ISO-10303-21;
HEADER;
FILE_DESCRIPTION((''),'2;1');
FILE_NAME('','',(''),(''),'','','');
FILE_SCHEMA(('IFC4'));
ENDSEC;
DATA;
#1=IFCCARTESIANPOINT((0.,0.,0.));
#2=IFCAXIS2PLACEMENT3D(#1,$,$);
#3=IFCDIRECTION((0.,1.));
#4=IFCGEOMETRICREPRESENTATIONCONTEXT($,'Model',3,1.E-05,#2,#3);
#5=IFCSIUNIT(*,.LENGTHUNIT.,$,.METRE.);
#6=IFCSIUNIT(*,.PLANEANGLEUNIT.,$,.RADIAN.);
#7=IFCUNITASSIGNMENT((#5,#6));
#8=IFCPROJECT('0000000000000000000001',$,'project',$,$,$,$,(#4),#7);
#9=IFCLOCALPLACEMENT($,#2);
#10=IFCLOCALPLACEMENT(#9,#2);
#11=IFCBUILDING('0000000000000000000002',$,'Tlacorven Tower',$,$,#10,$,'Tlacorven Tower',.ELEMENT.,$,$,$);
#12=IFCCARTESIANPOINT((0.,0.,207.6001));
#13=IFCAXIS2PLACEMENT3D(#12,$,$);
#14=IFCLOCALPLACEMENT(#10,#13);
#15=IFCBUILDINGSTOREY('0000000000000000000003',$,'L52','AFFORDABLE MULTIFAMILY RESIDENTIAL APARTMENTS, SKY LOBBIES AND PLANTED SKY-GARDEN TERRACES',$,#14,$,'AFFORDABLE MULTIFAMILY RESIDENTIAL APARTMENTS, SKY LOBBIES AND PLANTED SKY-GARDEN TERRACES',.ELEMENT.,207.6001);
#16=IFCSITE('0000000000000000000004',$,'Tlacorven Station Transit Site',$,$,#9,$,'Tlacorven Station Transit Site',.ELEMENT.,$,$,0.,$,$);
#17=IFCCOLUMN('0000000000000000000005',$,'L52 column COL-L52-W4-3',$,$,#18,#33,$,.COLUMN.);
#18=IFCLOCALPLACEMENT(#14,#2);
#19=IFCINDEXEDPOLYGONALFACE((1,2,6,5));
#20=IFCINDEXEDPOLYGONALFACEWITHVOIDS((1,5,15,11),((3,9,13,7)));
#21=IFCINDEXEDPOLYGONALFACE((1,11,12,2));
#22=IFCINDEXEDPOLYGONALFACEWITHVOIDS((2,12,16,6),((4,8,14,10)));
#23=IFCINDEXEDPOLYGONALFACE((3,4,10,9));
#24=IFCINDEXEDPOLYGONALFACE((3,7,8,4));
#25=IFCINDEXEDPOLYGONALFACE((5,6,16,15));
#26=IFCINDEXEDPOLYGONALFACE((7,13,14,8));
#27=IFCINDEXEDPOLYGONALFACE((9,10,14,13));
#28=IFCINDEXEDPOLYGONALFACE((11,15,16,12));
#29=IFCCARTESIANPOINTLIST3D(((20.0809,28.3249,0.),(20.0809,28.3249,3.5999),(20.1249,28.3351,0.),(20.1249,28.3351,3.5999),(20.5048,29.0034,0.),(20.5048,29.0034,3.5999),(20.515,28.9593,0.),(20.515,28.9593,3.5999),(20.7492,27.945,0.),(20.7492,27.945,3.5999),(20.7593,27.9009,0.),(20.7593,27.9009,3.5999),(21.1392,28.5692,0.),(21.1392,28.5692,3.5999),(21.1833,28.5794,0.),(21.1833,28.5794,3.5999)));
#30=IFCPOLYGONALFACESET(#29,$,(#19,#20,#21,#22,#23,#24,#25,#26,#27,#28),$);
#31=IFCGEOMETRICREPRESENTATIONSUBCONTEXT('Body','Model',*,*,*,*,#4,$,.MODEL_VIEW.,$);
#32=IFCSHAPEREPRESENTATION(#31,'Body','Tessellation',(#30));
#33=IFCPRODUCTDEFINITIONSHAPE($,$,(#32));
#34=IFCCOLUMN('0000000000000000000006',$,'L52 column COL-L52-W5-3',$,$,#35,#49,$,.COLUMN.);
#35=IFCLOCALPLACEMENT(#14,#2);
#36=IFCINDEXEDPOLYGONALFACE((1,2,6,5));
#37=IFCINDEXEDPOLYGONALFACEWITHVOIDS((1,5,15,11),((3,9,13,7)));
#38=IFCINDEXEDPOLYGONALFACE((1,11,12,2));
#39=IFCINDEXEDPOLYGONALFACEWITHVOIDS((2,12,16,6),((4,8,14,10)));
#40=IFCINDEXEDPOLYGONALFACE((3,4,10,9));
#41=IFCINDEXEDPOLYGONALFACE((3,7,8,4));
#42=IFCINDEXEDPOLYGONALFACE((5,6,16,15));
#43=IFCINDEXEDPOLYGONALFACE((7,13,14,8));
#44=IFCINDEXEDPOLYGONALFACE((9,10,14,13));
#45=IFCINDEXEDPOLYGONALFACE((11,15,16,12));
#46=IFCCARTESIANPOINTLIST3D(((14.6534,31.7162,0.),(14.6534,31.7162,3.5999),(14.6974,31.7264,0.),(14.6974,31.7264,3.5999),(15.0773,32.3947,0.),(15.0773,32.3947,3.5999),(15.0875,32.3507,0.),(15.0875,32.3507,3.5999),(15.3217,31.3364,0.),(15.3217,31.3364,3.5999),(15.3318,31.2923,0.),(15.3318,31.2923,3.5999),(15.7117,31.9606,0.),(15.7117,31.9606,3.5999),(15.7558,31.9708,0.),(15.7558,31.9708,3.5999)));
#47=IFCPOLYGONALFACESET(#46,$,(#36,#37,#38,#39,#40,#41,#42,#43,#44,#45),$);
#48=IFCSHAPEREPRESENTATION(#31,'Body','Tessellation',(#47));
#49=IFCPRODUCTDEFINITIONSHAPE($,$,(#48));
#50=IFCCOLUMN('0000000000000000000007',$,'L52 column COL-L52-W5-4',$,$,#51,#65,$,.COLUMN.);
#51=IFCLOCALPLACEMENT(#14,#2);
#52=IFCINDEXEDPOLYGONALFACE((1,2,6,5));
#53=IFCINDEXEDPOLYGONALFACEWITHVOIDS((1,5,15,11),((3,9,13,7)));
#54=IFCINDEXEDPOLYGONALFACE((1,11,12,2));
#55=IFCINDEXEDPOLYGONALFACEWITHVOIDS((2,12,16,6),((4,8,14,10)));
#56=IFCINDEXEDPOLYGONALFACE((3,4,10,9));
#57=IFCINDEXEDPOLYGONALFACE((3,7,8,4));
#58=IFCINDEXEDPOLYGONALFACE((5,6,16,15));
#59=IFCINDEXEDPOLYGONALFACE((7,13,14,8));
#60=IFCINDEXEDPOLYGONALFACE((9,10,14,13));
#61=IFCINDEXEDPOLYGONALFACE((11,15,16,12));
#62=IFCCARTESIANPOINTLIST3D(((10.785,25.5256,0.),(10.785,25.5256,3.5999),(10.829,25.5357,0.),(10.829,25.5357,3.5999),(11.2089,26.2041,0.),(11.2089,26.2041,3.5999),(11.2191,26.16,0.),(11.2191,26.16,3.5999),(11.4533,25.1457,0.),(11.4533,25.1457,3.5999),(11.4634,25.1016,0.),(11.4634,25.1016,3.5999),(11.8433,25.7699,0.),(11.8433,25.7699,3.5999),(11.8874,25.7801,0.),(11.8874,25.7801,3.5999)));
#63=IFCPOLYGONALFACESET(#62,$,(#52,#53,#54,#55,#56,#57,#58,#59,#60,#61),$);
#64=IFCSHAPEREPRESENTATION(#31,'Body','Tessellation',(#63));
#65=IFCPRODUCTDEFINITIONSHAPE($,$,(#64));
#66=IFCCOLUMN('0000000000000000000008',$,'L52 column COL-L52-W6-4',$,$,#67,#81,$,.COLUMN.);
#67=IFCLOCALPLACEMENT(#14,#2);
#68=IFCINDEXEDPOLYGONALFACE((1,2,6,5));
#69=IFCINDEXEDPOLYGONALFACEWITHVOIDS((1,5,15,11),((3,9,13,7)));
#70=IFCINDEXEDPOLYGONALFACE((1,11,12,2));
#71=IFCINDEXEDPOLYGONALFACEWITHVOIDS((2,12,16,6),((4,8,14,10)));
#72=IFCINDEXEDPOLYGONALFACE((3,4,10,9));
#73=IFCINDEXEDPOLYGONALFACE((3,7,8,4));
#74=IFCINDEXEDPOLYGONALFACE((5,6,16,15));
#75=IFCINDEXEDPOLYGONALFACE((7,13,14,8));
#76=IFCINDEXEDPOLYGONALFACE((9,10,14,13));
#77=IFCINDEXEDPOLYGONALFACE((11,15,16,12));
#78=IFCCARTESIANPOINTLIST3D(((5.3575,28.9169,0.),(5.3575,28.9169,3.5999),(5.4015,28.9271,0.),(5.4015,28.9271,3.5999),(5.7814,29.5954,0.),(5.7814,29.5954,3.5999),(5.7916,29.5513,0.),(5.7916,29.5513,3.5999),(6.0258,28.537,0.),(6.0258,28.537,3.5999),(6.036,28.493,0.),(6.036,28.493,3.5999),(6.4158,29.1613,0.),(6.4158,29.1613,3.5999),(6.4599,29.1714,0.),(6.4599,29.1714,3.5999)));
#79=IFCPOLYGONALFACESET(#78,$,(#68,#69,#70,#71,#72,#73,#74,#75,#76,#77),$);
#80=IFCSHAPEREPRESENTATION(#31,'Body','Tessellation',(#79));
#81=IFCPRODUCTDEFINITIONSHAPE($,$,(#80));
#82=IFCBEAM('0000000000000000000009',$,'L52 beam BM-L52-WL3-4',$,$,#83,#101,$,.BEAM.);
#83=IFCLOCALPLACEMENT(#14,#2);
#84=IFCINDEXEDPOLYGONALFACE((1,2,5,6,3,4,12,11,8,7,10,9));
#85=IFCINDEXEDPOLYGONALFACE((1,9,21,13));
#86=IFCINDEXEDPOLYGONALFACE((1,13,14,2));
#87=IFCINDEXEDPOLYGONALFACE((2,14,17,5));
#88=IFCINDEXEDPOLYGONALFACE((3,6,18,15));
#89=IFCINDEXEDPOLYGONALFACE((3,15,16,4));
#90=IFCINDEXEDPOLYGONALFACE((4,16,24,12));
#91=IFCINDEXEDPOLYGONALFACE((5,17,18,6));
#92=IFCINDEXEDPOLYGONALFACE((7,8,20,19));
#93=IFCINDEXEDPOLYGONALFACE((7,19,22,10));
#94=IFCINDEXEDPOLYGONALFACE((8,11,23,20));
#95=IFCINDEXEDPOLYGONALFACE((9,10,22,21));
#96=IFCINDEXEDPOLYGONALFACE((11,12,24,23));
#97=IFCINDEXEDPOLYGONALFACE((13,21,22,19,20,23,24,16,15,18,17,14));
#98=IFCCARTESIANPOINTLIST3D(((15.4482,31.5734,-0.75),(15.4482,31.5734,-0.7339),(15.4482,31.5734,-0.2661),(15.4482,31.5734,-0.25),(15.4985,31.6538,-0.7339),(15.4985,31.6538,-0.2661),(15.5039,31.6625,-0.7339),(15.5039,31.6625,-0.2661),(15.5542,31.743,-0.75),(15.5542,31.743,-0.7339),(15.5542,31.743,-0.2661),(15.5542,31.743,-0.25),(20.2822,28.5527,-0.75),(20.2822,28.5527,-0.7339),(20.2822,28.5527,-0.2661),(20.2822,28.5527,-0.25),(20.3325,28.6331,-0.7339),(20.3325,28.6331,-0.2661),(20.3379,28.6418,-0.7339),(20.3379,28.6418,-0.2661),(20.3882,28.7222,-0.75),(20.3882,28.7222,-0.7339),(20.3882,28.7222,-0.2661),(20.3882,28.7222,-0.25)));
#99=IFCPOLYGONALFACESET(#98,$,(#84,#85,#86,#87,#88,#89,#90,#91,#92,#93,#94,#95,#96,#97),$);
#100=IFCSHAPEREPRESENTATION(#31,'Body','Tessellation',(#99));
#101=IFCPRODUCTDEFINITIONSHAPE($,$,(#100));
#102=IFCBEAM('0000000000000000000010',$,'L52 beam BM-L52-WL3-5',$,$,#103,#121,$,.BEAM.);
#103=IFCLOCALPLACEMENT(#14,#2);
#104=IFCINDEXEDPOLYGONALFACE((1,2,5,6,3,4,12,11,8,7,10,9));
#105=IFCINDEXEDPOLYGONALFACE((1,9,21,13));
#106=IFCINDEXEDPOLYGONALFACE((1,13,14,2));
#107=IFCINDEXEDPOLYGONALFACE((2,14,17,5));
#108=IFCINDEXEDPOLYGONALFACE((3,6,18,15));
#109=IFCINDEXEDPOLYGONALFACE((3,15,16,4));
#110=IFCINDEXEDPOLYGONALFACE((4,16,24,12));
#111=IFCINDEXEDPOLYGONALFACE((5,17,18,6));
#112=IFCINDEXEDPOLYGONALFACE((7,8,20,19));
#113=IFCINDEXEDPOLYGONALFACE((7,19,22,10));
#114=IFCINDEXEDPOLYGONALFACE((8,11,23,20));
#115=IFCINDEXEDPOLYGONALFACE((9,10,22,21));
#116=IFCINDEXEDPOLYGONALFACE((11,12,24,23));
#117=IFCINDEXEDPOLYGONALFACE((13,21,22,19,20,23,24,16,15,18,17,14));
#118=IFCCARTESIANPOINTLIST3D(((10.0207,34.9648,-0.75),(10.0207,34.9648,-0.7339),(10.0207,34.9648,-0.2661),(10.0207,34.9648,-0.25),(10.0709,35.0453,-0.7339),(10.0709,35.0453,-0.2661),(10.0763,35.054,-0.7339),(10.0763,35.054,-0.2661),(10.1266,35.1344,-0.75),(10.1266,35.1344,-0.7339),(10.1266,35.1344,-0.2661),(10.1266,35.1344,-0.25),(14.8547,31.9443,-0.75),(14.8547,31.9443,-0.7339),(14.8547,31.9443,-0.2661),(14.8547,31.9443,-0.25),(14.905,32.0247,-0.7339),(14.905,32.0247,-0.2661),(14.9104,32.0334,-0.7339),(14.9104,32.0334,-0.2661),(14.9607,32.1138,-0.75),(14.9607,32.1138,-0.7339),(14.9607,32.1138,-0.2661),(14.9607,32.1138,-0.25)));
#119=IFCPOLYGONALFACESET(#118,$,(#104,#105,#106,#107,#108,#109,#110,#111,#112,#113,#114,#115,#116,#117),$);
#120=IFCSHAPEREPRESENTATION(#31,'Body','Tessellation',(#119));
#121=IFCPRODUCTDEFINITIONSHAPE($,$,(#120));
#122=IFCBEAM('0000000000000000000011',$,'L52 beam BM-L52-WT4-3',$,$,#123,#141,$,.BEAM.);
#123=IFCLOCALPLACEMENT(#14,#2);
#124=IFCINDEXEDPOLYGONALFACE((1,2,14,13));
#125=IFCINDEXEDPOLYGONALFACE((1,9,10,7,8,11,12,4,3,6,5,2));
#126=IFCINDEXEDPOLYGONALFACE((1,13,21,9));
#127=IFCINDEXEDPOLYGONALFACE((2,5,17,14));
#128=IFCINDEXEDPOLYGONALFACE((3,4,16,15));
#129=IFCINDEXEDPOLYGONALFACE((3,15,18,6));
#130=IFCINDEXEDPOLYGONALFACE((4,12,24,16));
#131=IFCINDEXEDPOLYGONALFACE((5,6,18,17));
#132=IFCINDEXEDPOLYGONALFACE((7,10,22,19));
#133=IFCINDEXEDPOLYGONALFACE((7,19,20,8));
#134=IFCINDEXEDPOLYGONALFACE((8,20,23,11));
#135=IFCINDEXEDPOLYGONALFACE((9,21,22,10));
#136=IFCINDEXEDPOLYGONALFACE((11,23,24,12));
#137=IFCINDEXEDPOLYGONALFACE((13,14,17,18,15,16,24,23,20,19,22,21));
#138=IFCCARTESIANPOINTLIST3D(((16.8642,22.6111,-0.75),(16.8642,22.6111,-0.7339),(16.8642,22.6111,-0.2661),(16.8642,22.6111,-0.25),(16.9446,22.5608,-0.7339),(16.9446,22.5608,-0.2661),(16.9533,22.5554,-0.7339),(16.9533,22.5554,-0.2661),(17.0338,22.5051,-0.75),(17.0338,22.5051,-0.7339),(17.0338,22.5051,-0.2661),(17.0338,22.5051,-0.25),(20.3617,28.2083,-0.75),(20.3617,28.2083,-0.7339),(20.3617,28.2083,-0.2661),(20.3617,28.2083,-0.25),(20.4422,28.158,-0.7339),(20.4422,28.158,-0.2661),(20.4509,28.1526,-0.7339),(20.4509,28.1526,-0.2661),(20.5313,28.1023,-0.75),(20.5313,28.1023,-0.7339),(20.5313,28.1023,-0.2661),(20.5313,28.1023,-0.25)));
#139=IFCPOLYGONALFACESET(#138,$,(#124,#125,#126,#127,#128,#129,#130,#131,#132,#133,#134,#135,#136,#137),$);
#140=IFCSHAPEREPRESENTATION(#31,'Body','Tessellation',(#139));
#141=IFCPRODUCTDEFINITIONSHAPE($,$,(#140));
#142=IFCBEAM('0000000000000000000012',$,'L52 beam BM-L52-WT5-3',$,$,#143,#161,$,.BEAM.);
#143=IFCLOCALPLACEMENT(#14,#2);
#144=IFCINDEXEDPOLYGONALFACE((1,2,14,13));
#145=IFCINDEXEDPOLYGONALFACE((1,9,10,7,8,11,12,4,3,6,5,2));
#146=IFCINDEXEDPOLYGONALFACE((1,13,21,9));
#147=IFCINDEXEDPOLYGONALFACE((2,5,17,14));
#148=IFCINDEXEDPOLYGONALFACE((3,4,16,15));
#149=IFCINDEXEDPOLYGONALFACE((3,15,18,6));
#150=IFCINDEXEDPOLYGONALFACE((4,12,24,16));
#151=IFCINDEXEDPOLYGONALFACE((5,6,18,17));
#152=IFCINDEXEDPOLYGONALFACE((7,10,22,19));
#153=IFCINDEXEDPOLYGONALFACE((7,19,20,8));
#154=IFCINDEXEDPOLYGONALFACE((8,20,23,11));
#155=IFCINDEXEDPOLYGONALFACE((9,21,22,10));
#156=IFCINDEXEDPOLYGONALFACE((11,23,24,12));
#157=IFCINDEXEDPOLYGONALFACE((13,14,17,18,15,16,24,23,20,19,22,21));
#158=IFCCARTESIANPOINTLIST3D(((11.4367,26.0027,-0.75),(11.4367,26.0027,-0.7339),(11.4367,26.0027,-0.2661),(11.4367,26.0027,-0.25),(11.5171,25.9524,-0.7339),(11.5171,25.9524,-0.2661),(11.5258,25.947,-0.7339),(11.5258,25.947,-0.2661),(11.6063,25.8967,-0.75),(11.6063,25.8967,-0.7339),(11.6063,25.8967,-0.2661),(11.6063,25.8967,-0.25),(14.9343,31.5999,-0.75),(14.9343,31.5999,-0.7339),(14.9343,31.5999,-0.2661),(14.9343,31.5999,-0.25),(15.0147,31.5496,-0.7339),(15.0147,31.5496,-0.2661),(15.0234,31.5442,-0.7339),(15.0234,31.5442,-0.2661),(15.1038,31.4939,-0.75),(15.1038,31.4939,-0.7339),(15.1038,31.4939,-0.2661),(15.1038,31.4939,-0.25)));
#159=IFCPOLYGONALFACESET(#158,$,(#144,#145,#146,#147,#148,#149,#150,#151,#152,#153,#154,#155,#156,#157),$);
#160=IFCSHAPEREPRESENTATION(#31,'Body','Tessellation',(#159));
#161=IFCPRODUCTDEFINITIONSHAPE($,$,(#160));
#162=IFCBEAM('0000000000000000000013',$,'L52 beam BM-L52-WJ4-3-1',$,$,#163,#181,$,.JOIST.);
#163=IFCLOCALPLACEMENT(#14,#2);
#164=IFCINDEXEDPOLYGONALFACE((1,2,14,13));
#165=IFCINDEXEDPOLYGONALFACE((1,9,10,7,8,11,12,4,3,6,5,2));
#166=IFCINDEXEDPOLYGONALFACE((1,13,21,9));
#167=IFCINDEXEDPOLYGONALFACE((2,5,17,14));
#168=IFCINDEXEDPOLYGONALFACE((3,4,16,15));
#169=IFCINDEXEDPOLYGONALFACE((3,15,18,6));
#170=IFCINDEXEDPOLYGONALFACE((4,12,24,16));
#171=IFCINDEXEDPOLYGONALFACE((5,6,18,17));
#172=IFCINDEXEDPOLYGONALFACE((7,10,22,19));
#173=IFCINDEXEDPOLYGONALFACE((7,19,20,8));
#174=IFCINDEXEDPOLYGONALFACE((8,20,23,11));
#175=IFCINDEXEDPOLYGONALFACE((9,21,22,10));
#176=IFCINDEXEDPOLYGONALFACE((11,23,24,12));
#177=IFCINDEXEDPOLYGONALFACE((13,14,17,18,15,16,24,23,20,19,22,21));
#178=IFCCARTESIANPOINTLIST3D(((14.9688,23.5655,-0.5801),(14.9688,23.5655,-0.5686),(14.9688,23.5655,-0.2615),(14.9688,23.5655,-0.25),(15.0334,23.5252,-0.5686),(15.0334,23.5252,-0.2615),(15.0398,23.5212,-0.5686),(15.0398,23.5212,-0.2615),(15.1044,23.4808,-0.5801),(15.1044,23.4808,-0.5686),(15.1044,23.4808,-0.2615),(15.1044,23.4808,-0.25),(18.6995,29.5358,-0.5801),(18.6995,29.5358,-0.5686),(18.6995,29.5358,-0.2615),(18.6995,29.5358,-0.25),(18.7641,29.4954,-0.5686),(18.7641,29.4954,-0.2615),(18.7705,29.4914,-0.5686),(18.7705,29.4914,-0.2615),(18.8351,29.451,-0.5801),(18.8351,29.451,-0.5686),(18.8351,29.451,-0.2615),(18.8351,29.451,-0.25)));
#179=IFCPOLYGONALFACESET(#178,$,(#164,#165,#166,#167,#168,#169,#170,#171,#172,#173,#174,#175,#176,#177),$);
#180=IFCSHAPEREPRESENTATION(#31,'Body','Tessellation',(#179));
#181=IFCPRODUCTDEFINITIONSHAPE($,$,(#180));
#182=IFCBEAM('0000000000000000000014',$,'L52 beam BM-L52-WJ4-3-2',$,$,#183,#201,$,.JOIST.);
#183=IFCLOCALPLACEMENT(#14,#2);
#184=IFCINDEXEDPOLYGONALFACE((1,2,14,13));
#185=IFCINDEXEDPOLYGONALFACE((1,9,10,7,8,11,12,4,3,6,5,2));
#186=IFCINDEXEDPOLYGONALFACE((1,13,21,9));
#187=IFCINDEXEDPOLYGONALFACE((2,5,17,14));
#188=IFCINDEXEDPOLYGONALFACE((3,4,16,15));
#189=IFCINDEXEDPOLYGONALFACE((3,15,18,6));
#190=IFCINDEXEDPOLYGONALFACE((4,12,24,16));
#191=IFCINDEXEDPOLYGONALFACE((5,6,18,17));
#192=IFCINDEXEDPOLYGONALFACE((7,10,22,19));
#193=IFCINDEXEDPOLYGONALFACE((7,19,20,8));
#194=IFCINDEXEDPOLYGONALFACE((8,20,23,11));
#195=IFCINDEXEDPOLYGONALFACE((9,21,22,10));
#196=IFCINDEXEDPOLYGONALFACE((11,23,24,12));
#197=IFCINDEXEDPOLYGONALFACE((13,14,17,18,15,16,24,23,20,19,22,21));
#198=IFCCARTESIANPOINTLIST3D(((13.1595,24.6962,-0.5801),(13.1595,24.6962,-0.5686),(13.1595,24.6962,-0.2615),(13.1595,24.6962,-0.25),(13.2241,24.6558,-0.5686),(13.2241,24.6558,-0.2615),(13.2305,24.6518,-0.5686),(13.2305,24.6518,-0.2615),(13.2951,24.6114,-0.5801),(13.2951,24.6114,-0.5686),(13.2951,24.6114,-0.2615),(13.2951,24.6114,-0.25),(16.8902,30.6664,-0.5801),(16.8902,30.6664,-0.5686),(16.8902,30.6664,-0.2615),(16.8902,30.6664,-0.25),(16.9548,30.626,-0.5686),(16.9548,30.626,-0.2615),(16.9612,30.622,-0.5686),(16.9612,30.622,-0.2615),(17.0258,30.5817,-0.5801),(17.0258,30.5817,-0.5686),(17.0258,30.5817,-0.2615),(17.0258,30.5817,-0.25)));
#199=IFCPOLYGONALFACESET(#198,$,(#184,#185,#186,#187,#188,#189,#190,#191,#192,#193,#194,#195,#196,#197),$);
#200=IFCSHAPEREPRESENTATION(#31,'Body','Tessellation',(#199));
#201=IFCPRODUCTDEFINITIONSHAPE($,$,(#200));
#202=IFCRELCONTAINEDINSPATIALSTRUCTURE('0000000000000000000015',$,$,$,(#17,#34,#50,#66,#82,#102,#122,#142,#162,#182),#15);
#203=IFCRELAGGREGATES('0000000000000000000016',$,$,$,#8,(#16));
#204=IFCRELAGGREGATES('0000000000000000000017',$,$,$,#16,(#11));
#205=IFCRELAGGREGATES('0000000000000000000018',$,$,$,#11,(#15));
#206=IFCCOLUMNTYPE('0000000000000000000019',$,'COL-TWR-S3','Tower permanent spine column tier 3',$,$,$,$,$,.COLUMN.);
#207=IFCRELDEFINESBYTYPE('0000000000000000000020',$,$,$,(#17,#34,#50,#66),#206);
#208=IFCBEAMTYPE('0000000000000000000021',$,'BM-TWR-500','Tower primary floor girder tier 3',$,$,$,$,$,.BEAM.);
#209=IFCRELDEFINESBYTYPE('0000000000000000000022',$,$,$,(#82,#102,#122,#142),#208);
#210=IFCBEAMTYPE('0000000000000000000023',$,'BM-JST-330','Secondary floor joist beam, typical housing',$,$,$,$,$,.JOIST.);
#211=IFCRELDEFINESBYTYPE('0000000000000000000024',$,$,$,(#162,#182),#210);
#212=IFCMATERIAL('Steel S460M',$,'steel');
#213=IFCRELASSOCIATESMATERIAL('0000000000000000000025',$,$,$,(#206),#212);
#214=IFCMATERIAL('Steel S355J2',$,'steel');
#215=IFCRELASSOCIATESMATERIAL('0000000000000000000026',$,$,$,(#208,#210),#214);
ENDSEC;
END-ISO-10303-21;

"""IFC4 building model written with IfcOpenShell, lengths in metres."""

from ifc_helpers import new_model, si_unit, direction, frame, origin, origin_2d, place, context, subcontext, project, spatial, hollow_rectangle, i_section, extrude, source, transform, mapped, material, material_profile, profile_set, type_object, element, save


model = new_model("IFC4")

# Units and contexts
model_context = context("Model", 3, precision=1e-05, world=origin(), true_north=direction((0.0, 1.0)))
body_context = subcontext(model_context, "Body", "Model", "MODEL_VIEW")
ifc_project = project(units=[si_unit("LENGTHUNIT", "METRE"), si_unit("PLANEANGLEUNIT", "RADIAN")], contexts=[model_context])

# Site, building, storey
site_placement = place(None, origin())
site = spatial("IfcSite", under=ifc_project, at=site_placement, Name="Tlacorven Station Transit Site", LongName="Tlacorven Station Transit Site", CompositionType="ELEMENT", RefElevation=0.0)
building_placement = place(site_placement, origin())
building = spatial("IfcBuilding", under=site, at=building_placement, Name="Tlacorven Tower", LongName="Tlacorven Tower", CompositionType="ELEMENT")
storey_placement = place(building_placement, frame((0.0, 0.0, 207.6001)))
storey = spatial("IfcBuildingStorey", under=building, at=storey_placement, Name="L52", Description="AFFORDABLE MULTIFAMILY RESIDENTIAL APARTMENTS, SKY LOBBIES AND PLANTED SKY-GARDEN TERRACES", LongName="AFFORDABLE MULTIFAMILY RESIDENTIAL APARTMENTS, SKY LOBBIES AND PLANTED SKY-GARDEN TERRACES", CompositionType="ELEMENT", Elevation=207.6001)

# Columns
ifc_material_1 = material(Name="Steel S460M", Category="steel")
ifc_material_profile_1 = material_profile(ifc_material_1, hollow_rectangle(XDim=0.8, YDim=0.8, WallThickness=0.032, at=origin_2d()), Name="BOX 800X800X32")
ifc_profile_set_1 = profile_set([ifc_material_profile_1], Name="Steel S460M")
column_type = type_object("IfcColumnType", Name="COL-TWR-S3", Description="Tower permanent spine column tier 3", PredefinedType="COLUMN", material=ifc_profile_set_1)
shared_shape_1 = source(origin(), body_context, "Body", "SweptSolid", [
    extrude(hollow_rectangle(XDim=0.8, YDim=0.8, WallThickness=0.032, at=origin_2d()), origin(), (0.0, 0.0, 1.0), 3.5999),
])
for number, where, z_axis, x_axis, name in (
    (1, (20.6321, 28.4521, 0.0), (0.0, 0.0, 1.0), (-0.848048, 0.529919, 0.0), "L52 column COL-L52-W4-3"),
    (2, (15.2046, 31.8435, 0.0), (0.0, 0.0, 1.0), (-0.848048, 0.529919, 0.0), "L52 column COL-L52-W5-3"),
    (3, (11.3362, 25.6528, 0.0), (0.0, 0.0, 1.0), (-0.848048, 0.529919, 0.0), "L52 column COL-L52-W5-4"),
    (4, (5.9087, 29.0442, 0.0), (0.0, 0.0, 1.0), (-0.848048, 0.529919, 0.0), "L52 column COL-L52-W6-4"),
):
    element("IfcColumn", number, at=place(storey_placement, frame(where, z_axis=z_axis, x_axis=x_axis)), inside=storey, type_object=column_type, Name=name, PredefinedType="COLUMN", context=body_context, shape_type="MappedRepresentation", body=[
        mapped(shared_shape_1, transform((0.0, 0.0, 0.0), scale=1.0)),
    ])

# Beams
ifc_material_2 = material(Name="Steel S355J2", Category="steel")
ifc_material_profile_2 = material_profile(ifc_material_2, i_section(OverallWidth=0.2, OverallDepth=0.5, WebThickness=0.0103, FlangeThickness=0.0161, at=origin_2d()), Name="IPE 500")
ifc_profile_set_2 = profile_set([ifc_material_profile_2], Name="Steel S355J2")
beam_type_1 = type_object("IfcBeamType", Name="BM-TWR-500", Description="Tower primary floor girder tier 3", PredefinedType="BEAM", material=ifc_profile_set_2)
shared_shape_2 = source(origin(), body_context, "Body", "SweptSolid", [
    extrude(i_section(OverallWidth=0.2, OverallDepth=0.5, WebThickness=0.0103, FlangeThickness=0.0161, at=origin_2d()), origin(), (0.0, 0.0, 1.0), 5.7002),
])
for number, where, z_axis, x_axis, name in (
    (5, (20.3352, 28.6375, -0.5), (-0.848037, 0.529937, 0.0), (-0.529937, -0.848037, 0.0), "L52 beam BM-L52-WL3-4"),
    (6, (14.9077, 32.0291, -0.5), (-0.848056, 0.529907, 0.0), (-0.529907, -0.848056, 0.0), "L52 beam BM-L52-WL3-5"),
):
    element("IfcBeam", number, at=place(storey_placement, frame(where, z_axis=z_axis, x_axis=x_axis)), inside=storey, type_object=beam_type_1, Name=name, PredefinedType="BEAM", context=body_context, shape_type="MappedRepresentation", body=[
        mapped(shared_shape_2, transform((0.0, 0.0, 0.0), scale=1.0)),
    ])
shared_shape_3 = source(origin(), body_context, "Body", "SweptSolid", [
    extrude(i_section(OverallWidth=0.2, OverallDepth=0.5, WebThickness=0.0103, FlangeThickness=0.0161, at=origin_2d()), origin(), (0.0, 0.0, 1.0), 6.6001),
])
for number, where, z_axis, x_axis, name in (
    (7, (20.4465, 28.1553, -0.5), (-0.529926, -0.848044, 0.0), (0.848044, -0.529926, 0.0), "L52 beam BM-L52-WT4-3"),
    (8, (15.019, 31.5469, -0.5), (-0.529926, -0.848044, 0.0), (0.848044, -0.529926, 0.0), "L52 beam BM-L52-WT5-3"),
):
    element("IfcBeam", number, at=place(storey_placement, frame(where, z_axis=z_axis, x_axis=x_axis)), inside=storey, type_object=beam_type_1, Name=name, PredefinedType="BEAM", context=body_context, shape_type="MappedRepresentation", body=[
        mapped(shared_shape_3, transform((0.0, 0.0, 0.0), scale=1.0)),
    ])
ifc_material_profile_3 = material_profile(ifc_material_2, i_section(OverallWidth=0.1599, OverallDepth=0.3301, WebThickness=0.0076, FlangeThickness=0.0115, at=origin_2d()), Name="IPE 330")
ifc_profile_set_3 = profile_set([ifc_material_profile_3], Name="Steel S355J2")
beam_type_2 = type_object("IfcBeamType", Name="BM-JST-330", Description="Secondary floor joist beam, typical housing", PredefinedType="JOIST", material=ifc_profile_set_3)
shared_shape_4 = source(origin(), body_context, "Body", "SweptSolid", [
    extrude(i_section(OverallWidth=0.1599, OverallDepth=0.3301, WebThickness=0.0076, FlangeThickness=0.0115, at=origin_2d()), origin(), (0.0, 0.0, 1.0), 7.04),
])
for number, where, z_axis, x_axis, name in (
    (9, (18.7673, 29.4934, -0.415), (-0.52993, -0.848041, 0.0), (0.848041, -0.52993, 0.0), "L52 beam BM-L52-WJ4-3-1"),
    (10, (16.958, 30.624, -0.415), (-0.52993, -0.848041, 0.0), (0.848041, -0.52993, 0.0), "L52 beam BM-L52-WJ4-3-2"),
):
    element("IfcBeam", number, at=place(storey_placement, frame(where, z_axis=z_axis, x_axis=x_axis)), inside=storey, type_object=beam_type_2, Name=name, PredefinedType="JOIST", context=body_context, shape_type="MappedRepresentation", body=[
        mapped(shared_shape_4, transform((0.0, 0.0, 0.0), scale=1.0)),
    ])

save(model, "model.ifc")
